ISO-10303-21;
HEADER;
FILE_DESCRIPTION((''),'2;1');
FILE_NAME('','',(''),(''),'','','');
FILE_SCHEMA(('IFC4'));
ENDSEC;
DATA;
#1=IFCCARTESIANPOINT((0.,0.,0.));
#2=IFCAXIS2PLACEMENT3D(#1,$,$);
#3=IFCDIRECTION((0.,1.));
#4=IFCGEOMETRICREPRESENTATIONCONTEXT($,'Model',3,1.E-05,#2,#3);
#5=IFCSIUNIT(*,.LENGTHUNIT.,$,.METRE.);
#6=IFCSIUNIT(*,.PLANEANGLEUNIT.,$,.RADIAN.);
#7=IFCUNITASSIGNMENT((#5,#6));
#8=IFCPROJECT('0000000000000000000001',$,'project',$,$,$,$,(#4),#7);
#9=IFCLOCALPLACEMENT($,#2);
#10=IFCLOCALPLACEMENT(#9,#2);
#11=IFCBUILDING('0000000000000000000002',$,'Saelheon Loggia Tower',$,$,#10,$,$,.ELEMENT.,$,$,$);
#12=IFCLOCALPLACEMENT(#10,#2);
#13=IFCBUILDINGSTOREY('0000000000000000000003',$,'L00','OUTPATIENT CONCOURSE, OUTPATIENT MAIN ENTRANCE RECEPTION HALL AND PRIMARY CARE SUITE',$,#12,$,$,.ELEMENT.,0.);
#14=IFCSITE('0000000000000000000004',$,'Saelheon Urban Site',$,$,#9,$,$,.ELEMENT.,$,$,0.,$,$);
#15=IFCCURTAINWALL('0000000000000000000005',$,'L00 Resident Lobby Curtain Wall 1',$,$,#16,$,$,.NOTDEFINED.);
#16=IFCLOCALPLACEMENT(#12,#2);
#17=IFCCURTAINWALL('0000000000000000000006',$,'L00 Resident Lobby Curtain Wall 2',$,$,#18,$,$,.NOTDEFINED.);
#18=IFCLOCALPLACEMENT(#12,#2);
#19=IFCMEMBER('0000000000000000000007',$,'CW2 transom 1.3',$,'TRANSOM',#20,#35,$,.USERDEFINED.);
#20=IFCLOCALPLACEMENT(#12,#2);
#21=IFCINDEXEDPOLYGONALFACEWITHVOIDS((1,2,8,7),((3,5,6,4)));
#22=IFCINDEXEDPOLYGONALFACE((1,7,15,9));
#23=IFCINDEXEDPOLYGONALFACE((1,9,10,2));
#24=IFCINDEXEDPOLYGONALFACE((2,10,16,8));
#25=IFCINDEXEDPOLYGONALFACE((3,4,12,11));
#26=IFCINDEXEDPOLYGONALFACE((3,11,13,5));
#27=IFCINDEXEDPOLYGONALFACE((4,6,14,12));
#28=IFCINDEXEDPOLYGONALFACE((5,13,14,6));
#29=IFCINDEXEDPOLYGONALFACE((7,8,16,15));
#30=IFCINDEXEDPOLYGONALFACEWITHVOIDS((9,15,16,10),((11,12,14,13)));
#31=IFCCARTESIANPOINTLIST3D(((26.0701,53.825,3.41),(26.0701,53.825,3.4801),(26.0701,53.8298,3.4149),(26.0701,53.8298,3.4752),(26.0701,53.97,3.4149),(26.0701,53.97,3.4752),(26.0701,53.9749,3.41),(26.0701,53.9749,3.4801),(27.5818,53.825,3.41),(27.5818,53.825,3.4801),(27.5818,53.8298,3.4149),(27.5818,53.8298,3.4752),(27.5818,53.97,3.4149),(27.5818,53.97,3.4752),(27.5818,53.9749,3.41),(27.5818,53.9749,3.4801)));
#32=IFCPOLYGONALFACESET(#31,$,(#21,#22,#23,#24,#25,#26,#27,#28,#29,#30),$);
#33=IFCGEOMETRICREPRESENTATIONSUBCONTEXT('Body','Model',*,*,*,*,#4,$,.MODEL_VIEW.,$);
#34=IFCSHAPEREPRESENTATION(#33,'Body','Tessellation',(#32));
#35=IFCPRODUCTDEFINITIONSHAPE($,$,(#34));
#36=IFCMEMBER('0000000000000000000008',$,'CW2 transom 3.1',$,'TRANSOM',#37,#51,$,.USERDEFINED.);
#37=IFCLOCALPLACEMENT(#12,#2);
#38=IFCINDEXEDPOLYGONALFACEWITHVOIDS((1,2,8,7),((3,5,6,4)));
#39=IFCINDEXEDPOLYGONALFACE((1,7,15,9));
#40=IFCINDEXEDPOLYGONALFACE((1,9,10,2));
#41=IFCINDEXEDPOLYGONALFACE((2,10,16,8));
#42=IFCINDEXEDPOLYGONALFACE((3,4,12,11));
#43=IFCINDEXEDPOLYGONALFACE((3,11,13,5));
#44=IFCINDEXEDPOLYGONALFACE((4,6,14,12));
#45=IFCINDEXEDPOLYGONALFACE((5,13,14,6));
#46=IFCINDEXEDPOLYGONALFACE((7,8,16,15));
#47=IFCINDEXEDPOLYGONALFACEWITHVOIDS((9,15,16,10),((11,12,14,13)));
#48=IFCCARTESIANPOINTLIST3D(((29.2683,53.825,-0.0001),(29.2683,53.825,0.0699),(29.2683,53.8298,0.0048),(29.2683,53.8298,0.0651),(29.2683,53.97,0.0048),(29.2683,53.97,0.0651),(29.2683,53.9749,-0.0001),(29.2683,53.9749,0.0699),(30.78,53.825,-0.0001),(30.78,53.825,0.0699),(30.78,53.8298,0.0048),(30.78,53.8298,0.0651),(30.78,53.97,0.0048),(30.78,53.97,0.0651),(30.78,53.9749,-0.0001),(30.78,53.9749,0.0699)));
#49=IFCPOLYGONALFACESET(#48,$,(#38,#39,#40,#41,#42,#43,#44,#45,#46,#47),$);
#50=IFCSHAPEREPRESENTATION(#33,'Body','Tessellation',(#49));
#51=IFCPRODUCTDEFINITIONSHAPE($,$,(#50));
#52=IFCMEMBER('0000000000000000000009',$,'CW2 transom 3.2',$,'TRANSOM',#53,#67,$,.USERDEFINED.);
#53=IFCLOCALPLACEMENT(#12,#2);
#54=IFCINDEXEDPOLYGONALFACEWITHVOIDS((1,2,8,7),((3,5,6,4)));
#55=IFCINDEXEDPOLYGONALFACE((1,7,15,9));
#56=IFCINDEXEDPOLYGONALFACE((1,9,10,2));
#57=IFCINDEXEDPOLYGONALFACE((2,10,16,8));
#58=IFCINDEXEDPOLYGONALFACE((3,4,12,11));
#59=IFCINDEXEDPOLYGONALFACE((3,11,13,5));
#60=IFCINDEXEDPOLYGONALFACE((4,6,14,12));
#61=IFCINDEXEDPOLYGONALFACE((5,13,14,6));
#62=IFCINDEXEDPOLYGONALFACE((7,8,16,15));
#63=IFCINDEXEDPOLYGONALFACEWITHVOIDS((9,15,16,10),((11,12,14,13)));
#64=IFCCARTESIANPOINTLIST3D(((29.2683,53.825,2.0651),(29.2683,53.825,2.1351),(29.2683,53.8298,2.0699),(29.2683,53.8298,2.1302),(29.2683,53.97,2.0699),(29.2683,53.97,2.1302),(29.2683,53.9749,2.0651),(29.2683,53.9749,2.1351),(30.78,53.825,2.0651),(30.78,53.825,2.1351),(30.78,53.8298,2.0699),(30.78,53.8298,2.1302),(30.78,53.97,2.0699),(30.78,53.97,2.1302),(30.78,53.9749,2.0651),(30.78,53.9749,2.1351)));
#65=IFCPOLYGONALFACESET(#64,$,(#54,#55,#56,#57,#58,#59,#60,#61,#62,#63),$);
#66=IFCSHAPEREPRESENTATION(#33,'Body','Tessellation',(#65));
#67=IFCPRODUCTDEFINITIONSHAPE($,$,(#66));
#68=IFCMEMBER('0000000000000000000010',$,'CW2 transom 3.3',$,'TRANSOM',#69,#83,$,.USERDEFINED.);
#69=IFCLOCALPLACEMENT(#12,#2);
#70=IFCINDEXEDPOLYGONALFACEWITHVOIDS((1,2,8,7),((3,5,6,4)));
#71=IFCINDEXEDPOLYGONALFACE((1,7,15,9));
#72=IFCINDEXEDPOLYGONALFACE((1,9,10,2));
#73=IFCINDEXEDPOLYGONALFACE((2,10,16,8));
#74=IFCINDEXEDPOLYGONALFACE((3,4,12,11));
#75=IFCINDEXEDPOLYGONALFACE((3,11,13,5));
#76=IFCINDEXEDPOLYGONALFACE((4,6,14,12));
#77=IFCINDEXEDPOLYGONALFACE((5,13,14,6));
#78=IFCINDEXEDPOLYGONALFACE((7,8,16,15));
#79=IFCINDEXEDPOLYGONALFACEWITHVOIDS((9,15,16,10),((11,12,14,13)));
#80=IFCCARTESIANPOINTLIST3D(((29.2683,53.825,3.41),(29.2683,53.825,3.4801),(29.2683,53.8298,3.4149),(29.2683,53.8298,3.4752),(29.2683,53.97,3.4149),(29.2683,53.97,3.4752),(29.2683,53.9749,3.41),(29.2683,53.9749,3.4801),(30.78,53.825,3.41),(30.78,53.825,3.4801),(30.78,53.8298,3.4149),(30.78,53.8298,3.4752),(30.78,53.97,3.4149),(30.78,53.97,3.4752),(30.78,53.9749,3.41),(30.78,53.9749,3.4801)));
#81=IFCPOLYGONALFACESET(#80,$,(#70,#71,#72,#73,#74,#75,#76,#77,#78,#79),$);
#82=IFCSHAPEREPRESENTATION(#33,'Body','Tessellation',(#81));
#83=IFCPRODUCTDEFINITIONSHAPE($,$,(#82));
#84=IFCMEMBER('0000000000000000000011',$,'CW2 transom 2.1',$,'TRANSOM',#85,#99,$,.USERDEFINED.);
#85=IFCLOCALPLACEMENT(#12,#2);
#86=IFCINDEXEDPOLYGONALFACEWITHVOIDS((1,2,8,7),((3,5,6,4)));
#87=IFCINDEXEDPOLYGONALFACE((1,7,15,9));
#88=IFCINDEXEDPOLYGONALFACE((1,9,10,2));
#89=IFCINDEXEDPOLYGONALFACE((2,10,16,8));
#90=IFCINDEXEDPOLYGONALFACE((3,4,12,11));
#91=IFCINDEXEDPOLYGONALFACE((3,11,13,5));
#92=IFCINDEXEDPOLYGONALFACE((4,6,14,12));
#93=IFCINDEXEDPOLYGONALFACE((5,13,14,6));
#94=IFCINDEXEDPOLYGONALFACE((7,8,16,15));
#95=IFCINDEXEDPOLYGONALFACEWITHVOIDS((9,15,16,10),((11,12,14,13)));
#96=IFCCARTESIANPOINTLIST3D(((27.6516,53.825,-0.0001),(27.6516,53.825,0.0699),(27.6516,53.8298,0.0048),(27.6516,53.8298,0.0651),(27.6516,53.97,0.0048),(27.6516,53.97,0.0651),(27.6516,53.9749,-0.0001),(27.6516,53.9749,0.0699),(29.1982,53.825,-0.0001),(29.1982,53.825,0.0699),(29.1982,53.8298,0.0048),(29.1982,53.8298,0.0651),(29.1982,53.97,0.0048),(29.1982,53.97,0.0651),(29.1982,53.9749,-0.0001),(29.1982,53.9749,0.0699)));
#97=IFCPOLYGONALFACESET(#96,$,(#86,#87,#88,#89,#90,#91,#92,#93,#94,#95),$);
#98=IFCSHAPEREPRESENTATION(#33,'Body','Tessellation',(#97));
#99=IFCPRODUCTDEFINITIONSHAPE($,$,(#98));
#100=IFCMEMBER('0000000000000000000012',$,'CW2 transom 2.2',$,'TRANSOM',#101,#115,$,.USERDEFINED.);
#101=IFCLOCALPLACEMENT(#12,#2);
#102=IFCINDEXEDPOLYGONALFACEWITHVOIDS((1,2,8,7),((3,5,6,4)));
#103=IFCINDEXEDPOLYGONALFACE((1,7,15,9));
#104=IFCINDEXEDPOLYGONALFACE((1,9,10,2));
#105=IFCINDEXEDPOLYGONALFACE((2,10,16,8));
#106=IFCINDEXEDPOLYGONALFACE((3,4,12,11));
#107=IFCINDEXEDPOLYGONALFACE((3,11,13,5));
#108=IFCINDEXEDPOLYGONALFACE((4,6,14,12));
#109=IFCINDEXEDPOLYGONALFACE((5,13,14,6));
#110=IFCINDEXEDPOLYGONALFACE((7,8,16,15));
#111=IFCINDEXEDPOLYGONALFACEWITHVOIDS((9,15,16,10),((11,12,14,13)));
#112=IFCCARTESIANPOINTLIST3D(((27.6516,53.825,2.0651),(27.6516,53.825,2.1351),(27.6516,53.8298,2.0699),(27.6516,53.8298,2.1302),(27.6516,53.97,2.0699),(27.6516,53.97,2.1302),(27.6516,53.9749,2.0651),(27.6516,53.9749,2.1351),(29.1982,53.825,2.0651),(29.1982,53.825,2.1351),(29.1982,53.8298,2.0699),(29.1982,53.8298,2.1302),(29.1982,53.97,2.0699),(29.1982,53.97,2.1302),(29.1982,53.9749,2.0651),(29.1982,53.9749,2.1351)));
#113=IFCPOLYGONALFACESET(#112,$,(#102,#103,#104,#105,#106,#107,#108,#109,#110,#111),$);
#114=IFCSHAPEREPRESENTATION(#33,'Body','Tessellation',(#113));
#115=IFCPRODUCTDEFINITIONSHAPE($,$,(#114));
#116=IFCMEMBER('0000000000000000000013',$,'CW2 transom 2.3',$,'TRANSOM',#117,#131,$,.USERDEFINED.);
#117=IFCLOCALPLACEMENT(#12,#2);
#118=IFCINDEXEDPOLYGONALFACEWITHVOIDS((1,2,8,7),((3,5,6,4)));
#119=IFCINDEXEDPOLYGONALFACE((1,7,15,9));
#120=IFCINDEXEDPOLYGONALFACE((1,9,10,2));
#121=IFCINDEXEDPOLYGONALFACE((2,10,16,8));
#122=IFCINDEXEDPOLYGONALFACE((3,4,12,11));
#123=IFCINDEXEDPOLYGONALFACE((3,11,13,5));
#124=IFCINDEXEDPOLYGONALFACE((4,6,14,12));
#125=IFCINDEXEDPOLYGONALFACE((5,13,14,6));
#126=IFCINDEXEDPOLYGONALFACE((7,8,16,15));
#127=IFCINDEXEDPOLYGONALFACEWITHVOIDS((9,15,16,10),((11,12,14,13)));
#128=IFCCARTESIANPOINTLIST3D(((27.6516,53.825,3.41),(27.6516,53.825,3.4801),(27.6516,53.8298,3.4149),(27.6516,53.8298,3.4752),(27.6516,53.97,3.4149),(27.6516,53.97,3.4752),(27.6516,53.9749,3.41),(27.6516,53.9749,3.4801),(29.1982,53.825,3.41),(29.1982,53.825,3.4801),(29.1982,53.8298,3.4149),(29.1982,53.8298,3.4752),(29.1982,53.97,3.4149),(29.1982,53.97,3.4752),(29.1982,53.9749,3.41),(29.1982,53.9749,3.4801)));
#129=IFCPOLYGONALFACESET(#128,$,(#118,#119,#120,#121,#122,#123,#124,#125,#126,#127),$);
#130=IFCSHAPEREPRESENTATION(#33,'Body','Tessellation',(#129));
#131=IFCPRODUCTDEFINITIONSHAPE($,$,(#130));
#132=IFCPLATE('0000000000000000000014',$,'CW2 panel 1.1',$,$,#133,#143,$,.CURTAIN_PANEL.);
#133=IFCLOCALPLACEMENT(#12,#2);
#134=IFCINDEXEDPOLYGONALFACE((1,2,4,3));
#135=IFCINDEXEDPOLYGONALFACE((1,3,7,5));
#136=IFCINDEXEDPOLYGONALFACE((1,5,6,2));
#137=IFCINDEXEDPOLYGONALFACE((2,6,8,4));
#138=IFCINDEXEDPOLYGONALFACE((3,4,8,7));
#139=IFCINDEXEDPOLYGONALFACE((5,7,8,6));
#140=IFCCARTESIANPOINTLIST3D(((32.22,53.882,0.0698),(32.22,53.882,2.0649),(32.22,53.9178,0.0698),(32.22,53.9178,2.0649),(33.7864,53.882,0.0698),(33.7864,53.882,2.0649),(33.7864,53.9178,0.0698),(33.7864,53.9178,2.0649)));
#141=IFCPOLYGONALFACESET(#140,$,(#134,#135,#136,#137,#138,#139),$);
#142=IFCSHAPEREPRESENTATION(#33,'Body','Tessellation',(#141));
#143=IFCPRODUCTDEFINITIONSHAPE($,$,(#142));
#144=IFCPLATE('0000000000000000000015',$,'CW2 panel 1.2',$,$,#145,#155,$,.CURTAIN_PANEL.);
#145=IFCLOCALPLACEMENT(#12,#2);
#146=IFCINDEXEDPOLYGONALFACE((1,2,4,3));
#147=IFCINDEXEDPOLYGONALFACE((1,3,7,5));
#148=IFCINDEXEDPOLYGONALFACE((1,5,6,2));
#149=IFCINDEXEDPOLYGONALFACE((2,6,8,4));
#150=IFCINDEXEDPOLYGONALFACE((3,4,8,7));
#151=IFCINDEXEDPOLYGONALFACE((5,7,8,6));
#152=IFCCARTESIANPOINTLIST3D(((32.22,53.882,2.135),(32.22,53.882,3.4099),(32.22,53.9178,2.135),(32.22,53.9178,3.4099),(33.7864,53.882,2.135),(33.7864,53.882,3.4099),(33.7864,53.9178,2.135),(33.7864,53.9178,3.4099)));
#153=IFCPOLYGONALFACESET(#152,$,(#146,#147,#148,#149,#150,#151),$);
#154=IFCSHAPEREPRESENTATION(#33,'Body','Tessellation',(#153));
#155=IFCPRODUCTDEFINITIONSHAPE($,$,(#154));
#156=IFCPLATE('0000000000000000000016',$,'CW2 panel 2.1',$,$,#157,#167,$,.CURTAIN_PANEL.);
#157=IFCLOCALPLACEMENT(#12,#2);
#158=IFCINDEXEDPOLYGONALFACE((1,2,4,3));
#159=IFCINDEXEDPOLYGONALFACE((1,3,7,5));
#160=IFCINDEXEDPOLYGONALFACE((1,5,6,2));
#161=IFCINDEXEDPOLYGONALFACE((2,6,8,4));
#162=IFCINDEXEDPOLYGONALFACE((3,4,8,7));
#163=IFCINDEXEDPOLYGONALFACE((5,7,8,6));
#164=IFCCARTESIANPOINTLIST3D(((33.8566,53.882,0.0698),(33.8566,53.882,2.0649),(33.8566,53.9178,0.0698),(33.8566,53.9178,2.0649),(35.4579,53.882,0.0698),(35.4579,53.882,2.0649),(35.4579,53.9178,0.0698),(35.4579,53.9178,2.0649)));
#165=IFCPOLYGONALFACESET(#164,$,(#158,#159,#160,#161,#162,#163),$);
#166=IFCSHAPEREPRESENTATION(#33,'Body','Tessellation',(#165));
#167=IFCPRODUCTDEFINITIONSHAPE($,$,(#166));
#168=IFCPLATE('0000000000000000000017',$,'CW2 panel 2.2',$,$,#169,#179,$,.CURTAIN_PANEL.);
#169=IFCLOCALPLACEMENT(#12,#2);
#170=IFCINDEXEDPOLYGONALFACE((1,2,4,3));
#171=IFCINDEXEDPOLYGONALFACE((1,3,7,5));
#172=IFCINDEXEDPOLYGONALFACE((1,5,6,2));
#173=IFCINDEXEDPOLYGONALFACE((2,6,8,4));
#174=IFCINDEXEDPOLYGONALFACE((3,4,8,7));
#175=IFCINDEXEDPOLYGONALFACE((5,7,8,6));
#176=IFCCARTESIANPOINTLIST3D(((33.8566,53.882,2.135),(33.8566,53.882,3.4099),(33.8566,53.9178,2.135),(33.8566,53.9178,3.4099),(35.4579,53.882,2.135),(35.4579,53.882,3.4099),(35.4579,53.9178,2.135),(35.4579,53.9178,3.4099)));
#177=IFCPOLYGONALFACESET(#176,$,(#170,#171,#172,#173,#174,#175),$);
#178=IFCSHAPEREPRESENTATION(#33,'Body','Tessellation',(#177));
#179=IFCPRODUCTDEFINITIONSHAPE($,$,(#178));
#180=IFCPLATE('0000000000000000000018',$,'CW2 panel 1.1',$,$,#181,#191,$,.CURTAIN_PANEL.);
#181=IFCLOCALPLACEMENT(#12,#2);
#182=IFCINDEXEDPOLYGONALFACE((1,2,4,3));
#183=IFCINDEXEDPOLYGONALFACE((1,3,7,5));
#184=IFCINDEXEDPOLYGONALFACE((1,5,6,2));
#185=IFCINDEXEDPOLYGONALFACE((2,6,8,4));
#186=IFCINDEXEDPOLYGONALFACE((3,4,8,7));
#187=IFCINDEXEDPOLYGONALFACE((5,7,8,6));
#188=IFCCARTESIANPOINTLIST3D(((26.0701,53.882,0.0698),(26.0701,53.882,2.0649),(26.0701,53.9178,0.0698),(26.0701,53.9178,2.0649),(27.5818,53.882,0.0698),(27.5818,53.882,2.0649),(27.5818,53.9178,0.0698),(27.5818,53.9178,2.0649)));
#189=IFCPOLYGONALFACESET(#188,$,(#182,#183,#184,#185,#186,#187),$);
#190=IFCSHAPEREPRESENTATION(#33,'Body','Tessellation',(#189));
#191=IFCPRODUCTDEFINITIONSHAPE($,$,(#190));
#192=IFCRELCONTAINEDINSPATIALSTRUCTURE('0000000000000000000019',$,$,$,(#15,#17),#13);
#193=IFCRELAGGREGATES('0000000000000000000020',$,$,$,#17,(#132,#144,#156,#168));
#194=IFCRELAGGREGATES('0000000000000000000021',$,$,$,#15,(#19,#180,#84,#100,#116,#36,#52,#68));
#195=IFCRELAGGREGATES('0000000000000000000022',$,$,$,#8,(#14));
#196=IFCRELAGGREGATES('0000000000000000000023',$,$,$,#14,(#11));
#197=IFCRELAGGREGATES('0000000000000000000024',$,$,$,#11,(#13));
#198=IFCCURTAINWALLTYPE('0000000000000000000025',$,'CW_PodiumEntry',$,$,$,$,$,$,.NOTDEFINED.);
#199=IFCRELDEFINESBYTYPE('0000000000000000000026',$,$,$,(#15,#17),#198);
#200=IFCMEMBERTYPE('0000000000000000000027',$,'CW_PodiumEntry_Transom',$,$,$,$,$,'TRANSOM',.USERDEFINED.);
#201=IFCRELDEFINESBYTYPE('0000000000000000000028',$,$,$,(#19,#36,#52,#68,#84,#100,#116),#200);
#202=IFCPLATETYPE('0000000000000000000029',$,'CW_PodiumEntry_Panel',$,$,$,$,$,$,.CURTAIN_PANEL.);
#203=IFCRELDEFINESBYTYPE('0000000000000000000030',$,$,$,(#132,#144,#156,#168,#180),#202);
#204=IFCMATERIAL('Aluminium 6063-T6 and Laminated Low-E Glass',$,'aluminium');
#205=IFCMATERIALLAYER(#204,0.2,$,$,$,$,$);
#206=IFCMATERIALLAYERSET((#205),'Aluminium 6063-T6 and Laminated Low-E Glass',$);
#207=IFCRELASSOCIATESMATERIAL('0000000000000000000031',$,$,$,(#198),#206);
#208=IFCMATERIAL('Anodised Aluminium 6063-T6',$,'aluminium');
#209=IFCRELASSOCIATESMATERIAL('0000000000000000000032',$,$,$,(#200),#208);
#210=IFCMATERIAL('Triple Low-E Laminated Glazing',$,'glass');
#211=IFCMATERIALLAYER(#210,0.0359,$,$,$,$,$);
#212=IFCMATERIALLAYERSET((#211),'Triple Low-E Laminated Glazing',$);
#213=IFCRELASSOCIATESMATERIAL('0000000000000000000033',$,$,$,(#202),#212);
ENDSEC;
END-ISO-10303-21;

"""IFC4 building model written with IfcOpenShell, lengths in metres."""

from ifc_helpers import new_model, si_unit, direction, frame, origin, origin_2d, place, context, subcontext, project, spatial, rectangle, hollow_rectangle, extrude, source, transform, mapped, material, layer, layer_set, material_profile, profile_set, type_object, element, aggregate, save


model = new_model("IFC4")

# Units and contexts
model_context = context("Model", 3, precision=1e-05, world=origin(), true_north=direction((0.0, 1.0)))
body_context = subcontext(model_context, "Body", "Model", "MODEL_VIEW")
ifc_project = project(units=[si_unit("LENGTHUNIT", "METRE"), si_unit("PLANEANGLEUNIT", "RADIAN")], contexts=[model_context])

# Site, building, storey
site_placement = place(None, origin())
site = spatial("IfcSite", under=ifc_project, at=site_placement, Name="Saelheon Urban Site", CompositionType="ELEMENT", RefElevation=0.0)
building_placement = place(site_placement, origin())
building = spatial("IfcBuilding", under=site, at=building_placement, Name="Saelheon Loggia Tower", CompositionType="ELEMENT")
storey_placement = place(building_placement, origin())
storey = spatial("IfcBuildingStorey", under=building, at=storey_placement, Name="L00", Description="OUTPATIENT CONCOURSE, OUTPATIENT MAIN ENTRANCE RECEPTION HALL AND PRIMARY CARE SUITE", CompositionType="ELEMENT", Elevation=0.0)

# Curtain walls
ifc_material_1 = material(Name="Aluminium 6063-T6 and Laminated Low-E Glass", Category="aluminium")
ifc_layer_1 = layer(ifc_material_1, 0.2)
ifc_layer_set_1 = layer_set([ifc_layer_1], Name="Aluminium 6063-T6 and Laminated Low-E Glass")
curtain_wall_type = type_object("IfcCurtainWallType", Name="CW_PodiumEntry", PredefinedType="NOTDEFINED", material=ifc_layer_set_1)
curtain_wall_1_placement = place(storey_placement, origin())
curtain_wall_1 = element("IfcCurtainWall", 1, at=curtain_wall_1_placement, inside=storey, type_object=curtain_wall_type, Name="L00 Resident Lobby Curtain Wall 1", PredefinedType="NOTDEFINED")
ifc_material_2 = material(Name="Anodised Aluminium 6063-T6", Category="aluminium")
curtain_wall_2_placement = place(storey_placement, origin())
curtain_wall_2 = element("IfcCurtainWall", 2, at=curtain_wall_2_placement, inside=storey, type_object=curtain_wall_type, Name="L00 Resident Lobby Curtain Wall 2", PredefinedType="NOTDEFINED")
ifc_material_profile_1 = material_profile(ifc_material_2, hollow_rectangle(XDim=0.0701, YDim=0.1499, WallThickness=0.0049, at=origin_2d()), Name="RHS-150x70x5")
ifc_profile_set_1 = profile_set([ifc_material_profile_1], Name="Anodised Aluminium 6063-T6")
member_type_1 = type_object("IfcMemberType", Name="CW_PodiumEntry_Transom", ElementType="TRANSOM", PredefinedType="USERDEFINED", material=ifc_profile_set_1)

# Members
shared_shape_1 = source(origin(), body_context, "Body", "SweptSolid", [
    extrude(hollow_rectangle(XDim=0.0701, YDim=0.1499, WallThickness=0.0049, at=origin_2d()), origin(), (0.0, 0.0, 1.0), 1.5117),
])
member_1_placement = place(storey_placement, frame((26.0701, 53.8999, 3.4451), z_axis=(1.0, 0.0, 0.0), x_axis=(0.0, 0.0, 1.0)))
member_1 = element("IfcMember", 3, at=member_1_placement, type_object=member_type_1, Name="CW2 transom 1.3", ObjectType="TRANSOM", PredefinedType="USERDEFINED", context=body_context, shape_type="MappedRepresentation", body=[
    mapped(shared_shape_1, transform((0.0, 0.0, 0.0), scale=1.0)),
])
member_2_placement = place(storey_placement, frame((29.2683, 53.8999, 0.0349), z_axis=(1.0, 0.0, 0.0), x_axis=(0.0, 0.0, 1.0)))
member_2 = element("IfcMember", 4, at=member_2_placement, type_object=member_type_1, Name="CW2 transom 3.1", ObjectType="TRANSOM", PredefinedType="USERDEFINED", context=body_context, shape_type="MappedRepresentation", body=[
    mapped(shared_shape_1, transform((0.0, 0.0, 0.0), scale=1.0)),
])
member_3_placement = place(storey_placement, frame((29.2683, 53.8999, 2.1001), z_axis=(1.0, 0.0, 0.0), x_axis=(0.0, 0.0, 1.0)))
member_3 = element("IfcMember", 5, at=member_3_placement, type_object=member_type_1, Name="CW2 transom 3.2", ObjectType="TRANSOM", PredefinedType="USERDEFINED", context=body_context, shape_type="MappedRepresentation", body=[
    mapped(shared_shape_1, transform((0.0, 0.0, 0.0), scale=1.0)),
])
member_4_placement = place(storey_placement, frame((29.2683, 53.8999, 3.4451), z_axis=(1.0, 0.0, 0.0), x_axis=(0.0, 0.0, 1.0)))
member_4 = element("IfcMember", 6, at=member_4_placement, type_object=member_type_1, Name="CW2 transom 3.3", ObjectType="TRANSOM", PredefinedType="USERDEFINED", context=body_context, shape_type="MappedRepresentation", body=[
    mapped(shared_shape_1, transform((0.0, 0.0, 0.0), scale=1.0)),
])
shared_shape_2 = source(origin(), body_context, "Body", "SweptSolid", [
    extrude(hollow_rectangle(XDim=0.0701, YDim=0.1499, WallThickness=0.0049, at=origin_2d()), origin(), (0.0, 0.0, 1.0), 1.5466),
])
member_5_placement = place(storey_placement, frame((27.6516, 53.8999, 0.0349), z_axis=(1.0, 0.0, 0.0), x_axis=(0.0, 0.0, 1.0)))
member_5 = element("IfcMember", 7, at=member_5_placement, type_object=member_type_1, Name="CW2 transom 2.1", ObjectType="TRANSOM", PredefinedType="USERDEFINED", context=body_context, shape_type="MappedRepresentation", body=[
    mapped(shared_shape_2, transform((0.0, 0.0, 0.0), scale=1.0)),
])
member_6_placement = place(storey_placement, frame((27.6516, 53.8999, 2.1001), z_axis=(1.0, 0.0, 0.0), x_axis=(0.0, 0.0, 1.0)))
member_6 = element("IfcMember", 8, at=member_6_placement, type_object=member_type_1, Name="CW2 transom 2.2", ObjectType="TRANSOM", PredefinedType="USERDEFINED", context=body_context, shape_type="MappedRepresentation", body=[
    mapped(shared_shape_2, transform((0.0, 0.0, 0.0), scale=1.0)),
])
member_7_placement = place(storey_placement, frame((27.6516, 53.8999, 3.4451), z_axis=(1.0, 0.0, 0.0), x_axis=(0.0, 0.0, 1.0)))
member_7 = element("IfcMember", 9, at=member_7_placement, type_object=member_type_1, Name="CW2 transom 2.3", ObjectType="TRANSOM", PredefinedType="USERDEFINED", context=body_context, shape_type="MappedRepresentation", body=[
    mapped(shared_shape_2, transform((0.0, 0.0, 0.0), scale=1.0)),
])

# Plates
ifc_material_3 = material(Name="Triple Low-E Laminated Glazing", Category="glass")
ifc_layer_2 = layer(ifc_material_3, 0.0359)
ifc_layer_set_2 = layer_set([ifc_layer_2], Name="Triple Low-E Laminated Glazing")
plate_type = type_object("IfcPlateType", Name="CW_PodiumEntry_Panel", PredefinedType="CURTAIN_PANEL", material=ifc_layer_set_2)
shared_shape_3 = source(origin(), body_context, "Body", "SweptSolid", [
    extrude(rectangle(XDim=1.5664, YDim=0.0359, at=origin_2d()), origin(), (0.0, 0.0, 1.0), 1.9951),
])
plate_1_placement = place(storey_placement, frame((33.0032, 53.8999, 0.0698), z_axis=(0.0, 0.0, 1.0), x_axis=(1.0, 0.0, 0.0)))
plate_1 = element("IfcPlate", 10, at=plate_1_placement, type_object=plate_type, Name="CW2 panel 1.1", PredefinedType="CURTAIN_PANEL", context=body_context, shape_type="MappedRepresentation", body=[
    mapped(shared_shape_3, transform((0.0, 0.0, 0.0), scale=1.0)),
])
shared_shape_4 = source(origin(), body_context, "Body", "SweptSolid", [
    extrude(rectangle(XDim=1.5664, YDim=0.0359, at=origin_2d()), origin(), (0.0, 0.0, 1.0), 1.2749),
])
plate_2_placement = place(storey_placement, frame((33.0032, 53.8999, 2.135), z_axis=(0.0, 0.0, 1.0), x_axis=(1.0, 0.0, 0.0)))
plate_2 = element("IfcPlate", 11, at=plate_2_placement, type_object=plate_type, Name="CW2 panel 1.2", PredefinedType="CURTAIN_PANEL", context=body_context, shape_type="MappedRepresentation", body=[
    mapped(shared_shape_4, transform((0.0, 0.0, 0.0), scale=1.0)),
])
shared_shape_5 = source(origin(), body_context, "Body", "SweptSolid", [
    extrude(rectangle(XDim=1.6013, YDim=0.0359, at=origin_2d()), origin(), (0.0, 0.0, 1.0), 1.9951),
])
plate_3_placement = place(storey_placement, frame((34.6572, 53.8999, 0.0698), z_axis=(0.0, 0.0, 1.0), x_axis=(1.0, 0.0, 0.0)))
plate_3 = element("IfcPlate", 12, at=plate_3_placement, type_object=plate_type, Name="CW2 panel 2.1", PredefinedType="CURTAIN_PANEL", context=body_context, shape_type="MappedRepresentation", body=[
    mapped(shared_shape_5, transform((0.0, 0.0, 0.0), scale=1.0)),
])
shared_shape_6 = source(origin(), body_context, "Body", "SweptSolid", [
    extrude(rectangle(XDim=1.6013, YDim=0.0359, at=origin_2d()), origin(), (0.0, 0.0, 1.0), 1.2749),
])
plate_4_placement = place(storey_placement, frame((34.6572, 53.8999, 2.135), z_axis=(0.0, 0.0, 1.0), x_axis=(1.0, 0.0, 0.0)))
plate_4 = element("IfcPlate", 13, at=plate_4_placement, type_object=plate_type, Name="CW2 panel 2.2", PredefinedType="CURTAIN_PANEL", context=body_context, shape_type="MappedRepresentation", body=[
    mapped(shared_shape_6, transform((0.0, 0.0, 0.0), scale=1.0)),
])
aggregate(curtain_wall_2, [plate_1, plate_2, plate_3, plate_4])
shared_shape_7 = source(origin(), body_context, "Body", "SweptSolid", [
    extrude(rectangle(XDim=1.5117, YDim=0.0359, at=origin_2d()), origin(), (0.0, 0.0, 1.0), 1.9951),
])
plate_5_placement = place(storey_placement, frame((26.8259, 53.8999, 0.0698), z_axis=(0.0, 0.0, 1.0), x_axis=(1.0, 0.0, 0.0)))
plate_5 = element("IfcPlate", 14, at=plate_5_placement, type_object=plate_type, Name="CW2 panel 1.1", PredefinedType="CURTAIN_PANEL", context=body_context, shape_type="MappedRepresentation", body=[
    mapped(shared_shape_7, transform((0.0, 0.0, 0.0), scale=1.0)),
])
aggregate(curtain_wall_1, [member_1, plate_5, member_5, member_6, member_7, member_2, member_3, member_4])

save(model, "model.ifc")
